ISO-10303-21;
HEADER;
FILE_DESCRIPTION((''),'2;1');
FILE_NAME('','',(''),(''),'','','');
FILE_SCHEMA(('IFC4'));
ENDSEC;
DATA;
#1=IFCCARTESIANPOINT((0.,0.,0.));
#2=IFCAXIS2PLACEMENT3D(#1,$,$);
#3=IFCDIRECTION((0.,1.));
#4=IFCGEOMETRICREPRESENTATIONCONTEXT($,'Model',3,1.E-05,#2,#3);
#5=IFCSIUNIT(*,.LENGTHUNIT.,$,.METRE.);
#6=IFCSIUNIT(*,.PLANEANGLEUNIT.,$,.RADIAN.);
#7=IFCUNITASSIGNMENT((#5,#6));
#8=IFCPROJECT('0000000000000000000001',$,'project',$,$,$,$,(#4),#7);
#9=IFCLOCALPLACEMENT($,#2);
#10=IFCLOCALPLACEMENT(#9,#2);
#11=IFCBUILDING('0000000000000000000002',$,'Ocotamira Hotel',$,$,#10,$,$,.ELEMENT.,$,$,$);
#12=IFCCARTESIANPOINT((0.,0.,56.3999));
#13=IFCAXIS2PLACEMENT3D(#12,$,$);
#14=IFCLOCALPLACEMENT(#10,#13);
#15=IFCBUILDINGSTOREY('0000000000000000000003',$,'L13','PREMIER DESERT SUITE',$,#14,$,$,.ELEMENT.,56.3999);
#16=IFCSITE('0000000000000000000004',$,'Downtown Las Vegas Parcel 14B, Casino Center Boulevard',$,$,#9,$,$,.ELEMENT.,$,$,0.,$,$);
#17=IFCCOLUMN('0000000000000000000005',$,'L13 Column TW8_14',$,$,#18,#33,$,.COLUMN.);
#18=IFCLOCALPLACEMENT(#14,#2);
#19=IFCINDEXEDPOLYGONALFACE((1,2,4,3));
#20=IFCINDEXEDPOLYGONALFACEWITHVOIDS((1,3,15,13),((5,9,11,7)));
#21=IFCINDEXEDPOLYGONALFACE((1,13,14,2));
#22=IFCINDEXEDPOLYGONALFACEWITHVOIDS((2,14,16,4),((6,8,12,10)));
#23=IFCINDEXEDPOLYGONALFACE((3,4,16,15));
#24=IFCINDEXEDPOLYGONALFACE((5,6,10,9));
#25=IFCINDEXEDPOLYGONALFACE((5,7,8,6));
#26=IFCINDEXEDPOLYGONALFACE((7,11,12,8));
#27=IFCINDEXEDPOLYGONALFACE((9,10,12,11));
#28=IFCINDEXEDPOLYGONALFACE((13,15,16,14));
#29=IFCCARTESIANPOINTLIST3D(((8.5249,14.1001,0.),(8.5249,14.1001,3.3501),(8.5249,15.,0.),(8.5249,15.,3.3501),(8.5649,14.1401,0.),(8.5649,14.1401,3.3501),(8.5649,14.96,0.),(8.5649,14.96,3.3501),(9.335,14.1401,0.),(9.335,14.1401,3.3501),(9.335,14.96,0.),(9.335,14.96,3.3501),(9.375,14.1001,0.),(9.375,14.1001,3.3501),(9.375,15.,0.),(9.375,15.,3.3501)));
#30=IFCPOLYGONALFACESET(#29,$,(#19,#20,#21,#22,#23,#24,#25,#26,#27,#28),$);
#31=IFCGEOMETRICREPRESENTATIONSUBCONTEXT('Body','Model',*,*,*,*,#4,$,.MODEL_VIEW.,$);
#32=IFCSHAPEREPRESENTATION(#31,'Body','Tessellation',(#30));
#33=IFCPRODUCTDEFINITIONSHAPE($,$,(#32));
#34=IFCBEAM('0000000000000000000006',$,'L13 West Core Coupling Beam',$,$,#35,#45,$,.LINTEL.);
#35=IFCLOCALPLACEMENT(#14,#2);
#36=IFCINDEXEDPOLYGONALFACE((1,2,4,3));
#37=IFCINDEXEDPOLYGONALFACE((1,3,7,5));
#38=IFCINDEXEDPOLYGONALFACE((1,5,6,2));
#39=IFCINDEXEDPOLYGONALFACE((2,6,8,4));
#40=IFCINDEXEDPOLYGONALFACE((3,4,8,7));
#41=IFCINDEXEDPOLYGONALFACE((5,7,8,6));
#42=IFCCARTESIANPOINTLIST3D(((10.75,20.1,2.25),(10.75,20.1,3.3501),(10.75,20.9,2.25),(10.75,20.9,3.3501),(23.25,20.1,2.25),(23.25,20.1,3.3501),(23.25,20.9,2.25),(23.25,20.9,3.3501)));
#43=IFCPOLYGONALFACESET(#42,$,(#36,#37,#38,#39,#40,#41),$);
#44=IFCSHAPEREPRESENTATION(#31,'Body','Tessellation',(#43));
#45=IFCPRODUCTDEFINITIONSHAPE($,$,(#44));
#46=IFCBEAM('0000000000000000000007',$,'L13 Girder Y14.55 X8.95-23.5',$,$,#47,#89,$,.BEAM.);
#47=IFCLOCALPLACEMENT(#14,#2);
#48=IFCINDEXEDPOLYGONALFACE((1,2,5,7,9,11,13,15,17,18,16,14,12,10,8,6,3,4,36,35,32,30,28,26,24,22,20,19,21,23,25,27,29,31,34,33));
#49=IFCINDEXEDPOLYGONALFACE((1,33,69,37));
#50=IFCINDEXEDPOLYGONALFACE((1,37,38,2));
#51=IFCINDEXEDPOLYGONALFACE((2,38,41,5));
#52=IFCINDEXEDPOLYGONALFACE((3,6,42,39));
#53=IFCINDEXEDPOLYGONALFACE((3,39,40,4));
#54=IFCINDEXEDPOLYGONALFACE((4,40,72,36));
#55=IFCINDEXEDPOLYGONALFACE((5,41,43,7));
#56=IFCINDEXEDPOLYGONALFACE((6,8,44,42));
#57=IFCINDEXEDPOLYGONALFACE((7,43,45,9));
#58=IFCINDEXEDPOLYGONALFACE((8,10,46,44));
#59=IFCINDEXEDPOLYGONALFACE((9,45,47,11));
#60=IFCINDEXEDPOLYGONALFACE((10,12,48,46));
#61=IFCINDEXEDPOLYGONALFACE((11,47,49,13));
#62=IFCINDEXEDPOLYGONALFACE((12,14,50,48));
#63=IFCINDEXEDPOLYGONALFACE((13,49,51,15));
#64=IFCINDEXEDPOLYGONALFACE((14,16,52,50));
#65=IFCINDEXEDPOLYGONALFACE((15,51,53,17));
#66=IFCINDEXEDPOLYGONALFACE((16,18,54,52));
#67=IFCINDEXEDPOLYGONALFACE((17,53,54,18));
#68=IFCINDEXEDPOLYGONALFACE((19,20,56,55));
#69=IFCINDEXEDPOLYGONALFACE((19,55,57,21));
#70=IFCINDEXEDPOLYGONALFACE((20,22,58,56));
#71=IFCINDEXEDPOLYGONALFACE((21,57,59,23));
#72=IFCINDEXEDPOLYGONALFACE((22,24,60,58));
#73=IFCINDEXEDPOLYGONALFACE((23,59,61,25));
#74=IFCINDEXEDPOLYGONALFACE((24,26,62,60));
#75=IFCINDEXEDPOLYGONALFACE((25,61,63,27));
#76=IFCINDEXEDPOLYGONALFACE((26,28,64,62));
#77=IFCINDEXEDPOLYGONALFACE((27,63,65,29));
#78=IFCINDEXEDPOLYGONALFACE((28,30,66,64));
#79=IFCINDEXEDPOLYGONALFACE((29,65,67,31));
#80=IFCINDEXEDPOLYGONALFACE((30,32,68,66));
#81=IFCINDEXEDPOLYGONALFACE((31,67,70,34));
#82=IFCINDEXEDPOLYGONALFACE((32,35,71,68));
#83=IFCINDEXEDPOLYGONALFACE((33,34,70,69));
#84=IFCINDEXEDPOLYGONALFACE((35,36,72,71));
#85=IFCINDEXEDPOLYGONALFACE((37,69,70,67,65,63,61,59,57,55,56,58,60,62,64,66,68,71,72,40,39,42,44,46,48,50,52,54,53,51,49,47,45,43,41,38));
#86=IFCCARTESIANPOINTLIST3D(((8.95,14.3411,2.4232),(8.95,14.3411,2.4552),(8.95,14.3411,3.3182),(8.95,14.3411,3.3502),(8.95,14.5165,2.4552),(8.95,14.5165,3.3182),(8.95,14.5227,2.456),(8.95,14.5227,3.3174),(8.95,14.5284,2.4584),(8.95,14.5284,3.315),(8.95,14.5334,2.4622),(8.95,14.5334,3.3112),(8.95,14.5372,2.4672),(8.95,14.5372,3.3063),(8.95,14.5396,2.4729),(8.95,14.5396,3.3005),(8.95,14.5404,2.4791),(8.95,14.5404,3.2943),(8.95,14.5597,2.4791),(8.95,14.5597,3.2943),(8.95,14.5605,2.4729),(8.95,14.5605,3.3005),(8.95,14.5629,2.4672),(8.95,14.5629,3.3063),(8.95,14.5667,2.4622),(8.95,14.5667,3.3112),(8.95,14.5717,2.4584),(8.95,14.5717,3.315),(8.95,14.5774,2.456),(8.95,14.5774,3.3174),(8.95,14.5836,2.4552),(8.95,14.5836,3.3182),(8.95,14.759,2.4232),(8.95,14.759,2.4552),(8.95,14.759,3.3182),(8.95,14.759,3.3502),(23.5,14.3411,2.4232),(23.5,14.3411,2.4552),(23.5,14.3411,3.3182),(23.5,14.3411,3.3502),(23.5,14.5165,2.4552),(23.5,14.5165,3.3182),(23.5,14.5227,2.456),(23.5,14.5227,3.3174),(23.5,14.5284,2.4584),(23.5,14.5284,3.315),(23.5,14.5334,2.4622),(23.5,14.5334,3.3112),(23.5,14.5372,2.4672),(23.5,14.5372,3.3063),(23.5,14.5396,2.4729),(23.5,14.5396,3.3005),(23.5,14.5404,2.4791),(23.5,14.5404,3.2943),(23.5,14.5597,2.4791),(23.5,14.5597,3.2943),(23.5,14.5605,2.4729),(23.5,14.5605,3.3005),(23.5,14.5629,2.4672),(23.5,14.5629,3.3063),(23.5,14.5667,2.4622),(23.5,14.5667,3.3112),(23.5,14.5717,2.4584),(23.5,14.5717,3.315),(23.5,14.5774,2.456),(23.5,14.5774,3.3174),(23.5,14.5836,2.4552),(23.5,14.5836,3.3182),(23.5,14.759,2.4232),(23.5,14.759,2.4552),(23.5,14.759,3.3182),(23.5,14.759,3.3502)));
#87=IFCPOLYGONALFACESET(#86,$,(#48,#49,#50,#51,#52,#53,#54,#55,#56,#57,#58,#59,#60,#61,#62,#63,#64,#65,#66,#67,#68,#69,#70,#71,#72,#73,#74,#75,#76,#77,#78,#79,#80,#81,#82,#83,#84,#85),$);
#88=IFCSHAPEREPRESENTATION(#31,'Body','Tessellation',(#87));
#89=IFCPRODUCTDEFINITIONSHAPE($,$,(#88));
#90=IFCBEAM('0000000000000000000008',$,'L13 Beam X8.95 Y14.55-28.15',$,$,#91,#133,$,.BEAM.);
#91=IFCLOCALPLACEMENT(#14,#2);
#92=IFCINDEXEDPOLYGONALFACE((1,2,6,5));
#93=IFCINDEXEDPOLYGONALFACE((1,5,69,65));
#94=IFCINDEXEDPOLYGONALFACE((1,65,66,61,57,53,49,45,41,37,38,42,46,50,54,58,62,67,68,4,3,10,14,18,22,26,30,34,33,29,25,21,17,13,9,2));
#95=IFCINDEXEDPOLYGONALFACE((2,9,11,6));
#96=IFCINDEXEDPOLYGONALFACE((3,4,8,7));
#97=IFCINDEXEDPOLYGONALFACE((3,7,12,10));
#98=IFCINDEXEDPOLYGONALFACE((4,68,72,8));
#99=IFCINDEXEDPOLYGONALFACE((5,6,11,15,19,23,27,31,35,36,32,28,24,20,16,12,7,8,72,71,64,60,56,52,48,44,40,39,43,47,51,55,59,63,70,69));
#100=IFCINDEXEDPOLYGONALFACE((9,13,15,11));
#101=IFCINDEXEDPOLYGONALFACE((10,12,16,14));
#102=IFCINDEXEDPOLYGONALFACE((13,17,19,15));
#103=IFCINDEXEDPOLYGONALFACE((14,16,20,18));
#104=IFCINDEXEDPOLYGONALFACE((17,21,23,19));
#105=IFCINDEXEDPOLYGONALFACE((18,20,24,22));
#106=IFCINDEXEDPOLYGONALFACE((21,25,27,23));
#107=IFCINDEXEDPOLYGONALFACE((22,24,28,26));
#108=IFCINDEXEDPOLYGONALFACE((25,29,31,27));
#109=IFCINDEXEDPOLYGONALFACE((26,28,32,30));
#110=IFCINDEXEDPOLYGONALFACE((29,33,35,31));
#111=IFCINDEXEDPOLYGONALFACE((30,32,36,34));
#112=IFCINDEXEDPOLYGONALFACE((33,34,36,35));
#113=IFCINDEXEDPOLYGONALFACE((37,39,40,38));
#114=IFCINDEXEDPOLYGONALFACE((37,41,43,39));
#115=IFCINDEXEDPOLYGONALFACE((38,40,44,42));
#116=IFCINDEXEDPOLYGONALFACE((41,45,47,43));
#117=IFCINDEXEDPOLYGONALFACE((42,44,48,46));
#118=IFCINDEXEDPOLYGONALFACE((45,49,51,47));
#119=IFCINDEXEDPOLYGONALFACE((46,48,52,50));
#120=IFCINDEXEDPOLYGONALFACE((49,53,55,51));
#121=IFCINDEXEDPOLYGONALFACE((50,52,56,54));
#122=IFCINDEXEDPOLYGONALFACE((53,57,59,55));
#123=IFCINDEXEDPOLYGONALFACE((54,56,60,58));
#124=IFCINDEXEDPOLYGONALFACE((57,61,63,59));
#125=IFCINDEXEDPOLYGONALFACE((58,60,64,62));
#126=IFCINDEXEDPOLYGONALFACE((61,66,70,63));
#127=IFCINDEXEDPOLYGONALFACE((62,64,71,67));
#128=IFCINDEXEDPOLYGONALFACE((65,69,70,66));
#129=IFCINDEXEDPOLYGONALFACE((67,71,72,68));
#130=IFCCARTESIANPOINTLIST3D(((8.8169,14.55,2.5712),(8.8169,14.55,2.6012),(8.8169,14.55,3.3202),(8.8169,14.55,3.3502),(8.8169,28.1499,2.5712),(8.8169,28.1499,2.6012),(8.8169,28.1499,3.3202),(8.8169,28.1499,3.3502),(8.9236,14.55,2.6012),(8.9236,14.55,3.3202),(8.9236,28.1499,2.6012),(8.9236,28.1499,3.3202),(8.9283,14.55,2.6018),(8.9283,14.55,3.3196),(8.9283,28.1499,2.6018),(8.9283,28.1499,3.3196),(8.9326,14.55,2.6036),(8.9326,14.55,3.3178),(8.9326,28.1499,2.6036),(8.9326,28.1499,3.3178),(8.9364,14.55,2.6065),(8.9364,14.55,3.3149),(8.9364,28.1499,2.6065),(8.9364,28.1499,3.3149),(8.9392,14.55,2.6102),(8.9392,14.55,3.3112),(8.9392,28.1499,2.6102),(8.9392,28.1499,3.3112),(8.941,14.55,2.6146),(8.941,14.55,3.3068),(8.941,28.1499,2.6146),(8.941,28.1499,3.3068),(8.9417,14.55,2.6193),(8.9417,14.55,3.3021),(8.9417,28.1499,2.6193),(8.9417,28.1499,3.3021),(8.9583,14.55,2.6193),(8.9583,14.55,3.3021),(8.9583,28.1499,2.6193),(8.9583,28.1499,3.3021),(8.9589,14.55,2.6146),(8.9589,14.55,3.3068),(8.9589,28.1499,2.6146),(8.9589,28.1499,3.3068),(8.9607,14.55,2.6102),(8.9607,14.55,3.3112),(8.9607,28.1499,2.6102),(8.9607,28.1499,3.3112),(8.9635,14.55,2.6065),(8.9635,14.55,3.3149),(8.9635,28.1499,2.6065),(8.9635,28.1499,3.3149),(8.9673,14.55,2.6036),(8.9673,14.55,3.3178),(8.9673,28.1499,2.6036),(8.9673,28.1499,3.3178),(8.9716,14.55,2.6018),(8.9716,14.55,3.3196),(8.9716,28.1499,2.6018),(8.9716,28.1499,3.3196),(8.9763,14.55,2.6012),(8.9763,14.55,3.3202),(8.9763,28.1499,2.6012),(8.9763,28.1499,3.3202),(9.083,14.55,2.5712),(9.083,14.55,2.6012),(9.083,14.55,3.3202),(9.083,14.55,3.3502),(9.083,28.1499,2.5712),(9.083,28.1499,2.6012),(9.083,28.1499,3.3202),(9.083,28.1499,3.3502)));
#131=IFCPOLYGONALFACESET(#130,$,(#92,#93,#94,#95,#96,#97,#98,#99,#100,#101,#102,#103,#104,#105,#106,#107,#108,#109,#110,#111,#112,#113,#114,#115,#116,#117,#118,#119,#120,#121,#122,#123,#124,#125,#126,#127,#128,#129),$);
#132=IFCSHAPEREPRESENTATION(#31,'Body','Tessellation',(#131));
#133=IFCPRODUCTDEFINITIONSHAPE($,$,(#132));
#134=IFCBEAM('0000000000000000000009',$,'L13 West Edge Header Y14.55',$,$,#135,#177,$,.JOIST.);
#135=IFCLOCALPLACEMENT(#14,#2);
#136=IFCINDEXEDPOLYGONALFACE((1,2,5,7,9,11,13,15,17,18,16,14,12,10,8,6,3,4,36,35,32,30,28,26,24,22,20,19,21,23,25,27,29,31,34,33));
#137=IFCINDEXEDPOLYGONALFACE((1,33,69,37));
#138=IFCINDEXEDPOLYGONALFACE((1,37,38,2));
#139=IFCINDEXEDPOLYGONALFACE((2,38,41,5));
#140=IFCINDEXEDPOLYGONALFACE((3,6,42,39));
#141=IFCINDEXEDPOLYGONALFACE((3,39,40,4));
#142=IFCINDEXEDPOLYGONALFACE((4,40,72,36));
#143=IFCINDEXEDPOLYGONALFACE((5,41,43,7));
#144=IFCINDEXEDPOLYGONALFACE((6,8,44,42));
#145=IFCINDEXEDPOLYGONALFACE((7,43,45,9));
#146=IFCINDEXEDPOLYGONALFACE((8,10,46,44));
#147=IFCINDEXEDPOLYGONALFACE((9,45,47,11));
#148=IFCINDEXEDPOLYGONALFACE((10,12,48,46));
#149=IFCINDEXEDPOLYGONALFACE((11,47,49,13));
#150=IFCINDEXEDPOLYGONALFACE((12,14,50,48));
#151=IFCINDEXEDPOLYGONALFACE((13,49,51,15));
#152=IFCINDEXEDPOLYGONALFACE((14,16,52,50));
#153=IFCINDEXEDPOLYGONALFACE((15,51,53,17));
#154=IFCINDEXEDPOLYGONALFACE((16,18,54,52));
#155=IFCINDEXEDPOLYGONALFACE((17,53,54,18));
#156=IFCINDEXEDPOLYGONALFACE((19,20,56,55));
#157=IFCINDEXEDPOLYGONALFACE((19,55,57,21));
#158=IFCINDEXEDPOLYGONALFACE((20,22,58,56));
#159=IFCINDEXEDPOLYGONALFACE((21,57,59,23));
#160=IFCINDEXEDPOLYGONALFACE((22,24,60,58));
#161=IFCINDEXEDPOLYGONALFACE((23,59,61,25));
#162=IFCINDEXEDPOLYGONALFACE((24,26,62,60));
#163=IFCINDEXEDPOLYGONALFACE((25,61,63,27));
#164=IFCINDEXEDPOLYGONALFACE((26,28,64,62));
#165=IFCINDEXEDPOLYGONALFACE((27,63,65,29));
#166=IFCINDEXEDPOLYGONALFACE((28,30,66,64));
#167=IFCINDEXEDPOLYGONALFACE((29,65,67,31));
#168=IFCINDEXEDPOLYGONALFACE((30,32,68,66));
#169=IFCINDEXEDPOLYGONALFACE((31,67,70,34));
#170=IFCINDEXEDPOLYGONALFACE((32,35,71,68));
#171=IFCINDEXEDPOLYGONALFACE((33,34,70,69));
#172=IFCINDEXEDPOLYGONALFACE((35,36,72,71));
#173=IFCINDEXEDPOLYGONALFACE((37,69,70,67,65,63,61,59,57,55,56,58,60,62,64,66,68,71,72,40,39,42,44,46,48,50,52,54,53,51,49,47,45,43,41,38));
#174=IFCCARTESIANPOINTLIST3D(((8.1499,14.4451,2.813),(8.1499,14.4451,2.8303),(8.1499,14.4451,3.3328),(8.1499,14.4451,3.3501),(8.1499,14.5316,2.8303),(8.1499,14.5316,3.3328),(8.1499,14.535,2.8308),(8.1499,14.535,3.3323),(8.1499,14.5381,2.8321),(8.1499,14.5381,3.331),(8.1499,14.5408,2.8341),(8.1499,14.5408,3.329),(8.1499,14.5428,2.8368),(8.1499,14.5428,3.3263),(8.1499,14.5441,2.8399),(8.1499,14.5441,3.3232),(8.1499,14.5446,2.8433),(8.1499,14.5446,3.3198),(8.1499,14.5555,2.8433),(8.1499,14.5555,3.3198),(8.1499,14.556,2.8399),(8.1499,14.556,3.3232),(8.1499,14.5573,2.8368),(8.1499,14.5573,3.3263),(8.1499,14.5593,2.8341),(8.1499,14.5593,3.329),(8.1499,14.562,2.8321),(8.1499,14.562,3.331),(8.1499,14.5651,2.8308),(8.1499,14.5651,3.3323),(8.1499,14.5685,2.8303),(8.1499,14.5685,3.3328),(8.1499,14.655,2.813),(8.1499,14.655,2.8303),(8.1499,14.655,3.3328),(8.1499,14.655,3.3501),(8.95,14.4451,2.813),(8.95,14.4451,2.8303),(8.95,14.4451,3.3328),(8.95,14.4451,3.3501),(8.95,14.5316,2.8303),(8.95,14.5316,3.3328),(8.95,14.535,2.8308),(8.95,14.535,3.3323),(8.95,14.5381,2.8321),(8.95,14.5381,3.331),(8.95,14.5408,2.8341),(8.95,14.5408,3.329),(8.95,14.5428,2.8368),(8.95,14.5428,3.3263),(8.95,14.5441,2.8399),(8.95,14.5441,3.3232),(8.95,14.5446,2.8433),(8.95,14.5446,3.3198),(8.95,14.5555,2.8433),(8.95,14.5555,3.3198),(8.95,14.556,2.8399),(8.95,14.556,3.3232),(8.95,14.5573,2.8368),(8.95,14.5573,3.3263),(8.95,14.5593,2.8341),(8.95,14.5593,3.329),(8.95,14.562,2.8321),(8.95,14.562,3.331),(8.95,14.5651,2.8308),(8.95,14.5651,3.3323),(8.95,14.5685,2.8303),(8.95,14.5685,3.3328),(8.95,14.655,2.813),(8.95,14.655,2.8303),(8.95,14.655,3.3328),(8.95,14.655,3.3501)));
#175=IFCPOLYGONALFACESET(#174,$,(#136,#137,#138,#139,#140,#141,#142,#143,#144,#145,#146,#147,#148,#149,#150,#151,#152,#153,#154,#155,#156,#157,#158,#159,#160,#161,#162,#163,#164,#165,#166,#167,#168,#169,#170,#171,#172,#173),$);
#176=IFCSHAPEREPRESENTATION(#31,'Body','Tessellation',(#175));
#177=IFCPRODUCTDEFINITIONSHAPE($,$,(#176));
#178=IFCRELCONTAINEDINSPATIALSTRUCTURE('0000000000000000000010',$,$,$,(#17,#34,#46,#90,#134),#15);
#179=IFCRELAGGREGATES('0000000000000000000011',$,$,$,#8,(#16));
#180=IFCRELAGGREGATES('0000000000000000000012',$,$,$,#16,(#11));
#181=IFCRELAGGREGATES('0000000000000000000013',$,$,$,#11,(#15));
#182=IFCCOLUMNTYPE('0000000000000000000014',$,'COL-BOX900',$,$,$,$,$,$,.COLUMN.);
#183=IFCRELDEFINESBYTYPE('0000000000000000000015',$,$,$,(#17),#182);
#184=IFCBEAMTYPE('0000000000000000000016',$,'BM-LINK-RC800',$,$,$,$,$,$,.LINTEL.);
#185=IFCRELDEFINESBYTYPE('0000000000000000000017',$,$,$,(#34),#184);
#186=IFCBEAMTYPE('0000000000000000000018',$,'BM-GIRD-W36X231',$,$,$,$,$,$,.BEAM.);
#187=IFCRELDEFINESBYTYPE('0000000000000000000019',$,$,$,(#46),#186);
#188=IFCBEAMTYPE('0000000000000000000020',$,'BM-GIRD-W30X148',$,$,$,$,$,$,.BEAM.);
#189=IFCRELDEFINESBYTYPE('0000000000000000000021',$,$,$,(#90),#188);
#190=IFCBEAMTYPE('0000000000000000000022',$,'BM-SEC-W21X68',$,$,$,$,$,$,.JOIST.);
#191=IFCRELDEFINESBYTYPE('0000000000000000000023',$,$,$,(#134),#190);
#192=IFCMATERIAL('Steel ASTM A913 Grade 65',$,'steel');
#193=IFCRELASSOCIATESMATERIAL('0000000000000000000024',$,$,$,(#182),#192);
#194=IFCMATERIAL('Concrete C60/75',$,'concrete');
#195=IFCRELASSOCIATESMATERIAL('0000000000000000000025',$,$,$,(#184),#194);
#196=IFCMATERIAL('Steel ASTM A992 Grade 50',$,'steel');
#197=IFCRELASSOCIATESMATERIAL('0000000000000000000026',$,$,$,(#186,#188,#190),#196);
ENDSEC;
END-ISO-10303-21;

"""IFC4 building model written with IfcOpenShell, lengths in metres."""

from ifc_helpers import new_model, si_unit, direction, frame, origin, origin_2d, place, context, subcontext, project, spatial, rectangle, hollow_rectangle, i_section, extrude, source, transform, mapped, material, material_profile, profile_set, type_object, element, save


model = new_model("IFC4")

# Units and contexts
model_context = context("Model", 3, precision=1e-05, world=origin(), true_north=direction((0.0, 1.0)))
body_context = subcontext(model_context, "Body", "Model", "MODEL_VIEW")
ifc_project = project(units=[si_unit("LENGTHUNIT", "METRE"), si_unit("PLANEANGLEUNIT", "RADIAN")], contexts=[model_context])

# Site, building, storey
site_placement = place(None, origin())
site = spatial("IfcSite", under=ifc_project, at=site_placement, Name="Downtown Las Vegas Parcel 14B, Casino Center Boulevard", CompositionType="ELEMENT", RefElevation=0.0)
building_placement = place(site_placement, origin())
building = spatial("IfcBuilding", under=site, at=building_placement, Name="Ocotamira Hotel", CompositionType="ELEMENT")
storey_placement = place(building_placement, frame((0.0, 0.0, 56.3999)))
storey = spatial("IfcBuildingStorey", under=building, at=storey_placement, Name="L13", Description="PREMIER DESERT SUITE", CompositionType="ELEMENT", Elevation=56.3999)

# Column
ifc_material_1 = material(Name="Steel ASTM A913 Grade 65", Category="steel")
ifc_material_profile_1 = material_profile(ifc_material_1, hollow_rectangle(XDim=0.8501, YDim=0.8999, WallThickness=0.04, at=origin_2d()), Name="BOX900X850X40")
ifc_profile_set_1 = profile_set([ifc_material_profile_1], Name="Steel ASTM A913 Grade 65")
column_type = type_object("IfcColumnType", Name="COL-BOX900", PredefinedType="COLUMN", material=ifc_profile_set_1)
shared_shape_1 = source(origin(), body_context, "Body", "SweptSolid", [
    extrude(hollow_rectangle(XDim=0.8501, YDim=0.8999, WallThickness=0.04, at=origin_2d()), origin(), (0.0, 0.0, 1.0), 3.3501),
])
column_placement = place(storey_placement, frame((8.95, 14.55, 0.0), z_axis=(0.0, 0.0, 1.0), x_axis=(1.0, 0.0, 0.0)))
element("IfcColumn", 1, at=column_placement, inside=storey, type_object=column_type, Name="L13 Column TW8_14", PredefinedType="COLUMN", context=body_context, shape_type="MappedRepresentation", body=[
    mapped(shared_shape_1, transform((0.0, 0.0, 0.0), scale=1.0)),
])

# Beams
ifc_material_2 = material(Name="Concrete C60/75", Category="concrete")
ifc_material_profile_2 = material_profile(ifc_material_2, rectangle(XDim=0.8, YDim=1.1001, at=origin_2d()), Name="RC800X1100")
ifc_profile_set_2 = profile_set([ifc_material_profile_2], Name="Concrete C60/75")
beam_type_1 = type_object("IfcBeamType", Name="BM-LINK-RC800", PredefinedType="LINTEL", material=ifc_profile_set_2)
shared_shape_2 = source(origin(), body_context, "Body", "SweptSolid", [
    extrude(rectangle(XDim=0.8, YDim=1.1001, at=origin_2d()), origin(), (0.0, 0.0, 1.0), 12.5),
])
beam_1_placement = place(storey_placement, frame((10.75, 20.5, 2.8), z_axis=(1.0, 0.0, 0.0), x_axis=(0.0, 1.0, 0.0)))
element("IfcBeam", 2, at=beam_1_placement, inside=storey, type_object=beam_type_1, Name="L13 West Core Coupling Beam", PredefinedType="LINTEL", context=body_context, shape_type="MappedRepresentation", body=[
    mapped(shared_shape_2, transform((0.0, 0.0, 0.0), scale=1.0)),
])
ifc_material_3 = material(Name="Steel ASTM A992 Grade 50", Category="steel")
ifc_material_profile_3 = material_profile(ifc_material_3, i_section(OverallWidth=0.418, OverallDepth=0.927, WebThickness=0.0193, FlangeThickness=0.032, FilletRadius=0.0239, at=origin_2d()), Name="W36X231")
ifc_profile_set_3 = profile_set([ifc_material_profile_3], Name="Steel ASTM A992 Grade 50")
beam_type_2 = type_object("IfcBeamType", Name="BM-GIRD-W36X231", PredefinedType="BEAM", material=ifc_profile_set_3)
shared_shape_3 = source(origin(), body_context, "Body", "SweptSolid", [
    extrude(i_section(OverallWidth=0.418, OverallDepth=0.927, WebThickness=0.0193, FlangeThickness=0.032, FilletRadius=0.0239, at=origin_2d()), origin(), (0.0, 0.0, 1.0), 14.55),
])
beam_2_placement = place(storey_placement, frame((8.95, 14.55, 2.8867), z_axis=(1.0, 0.0, 0.0), x_axis=(0.0, 1.0, 0.0)))
element("IfcBeam", 3, at=beam_2_placement, inside=storey, type_object=beam_type_2, Name="L13 Girder Y14.55 X8.95-23.5", PredefinedType="BEAM", context=body_context, shape_type="MappedRepresentation", body=[
    mapped(shared_shape_3, transform((0.0, 0.0, 0.0), scale=1.0)),
])
ifc_material_profile_4 = material_profile(ifc_material_3, i_section(OverallWidth=0.2661, OverallDepth=0.7791, WebThickness=0.0166, FlangeThickness=0.03, FilletRadius=0.0181, at=origin_2d()), Name="W30X148")
ifc_profile_set_4 = profile_set([ifc_material_profile_4], Name="Steel ASTM A992 Grade 50")
beam_type_3 = type_object("IfcBeamType", Name="BM-GIRD-W30X148", PredefinedType="BEAM", material=ifc_profile_set_4)
shared_shape_4 = source(origin(), body_context, "Body", "SweptSolid", [
    extrude(i_section(OverallWidth=0.2661, OverallDepth=0.7791, WebThickness=0.0166, FlangeThickness=0.03, FilletRadius=0.0181, at=origin_2d()), origin(), (0.0, 0.0, 1.0), 13.5999),
])
beam_3_placement = place(storey_placement, frame((8.95, 14.55, 2.9607), z_axis=(0.0, 1.0, 0.0), x_axis=(-1.0, 0.0, 0.0)))
element("IfcBeam", 4, at=beam_3_placement, inside=storey, type_object=beam_type_3, Name="L13 Beam X8.95 Y14.55-28.15", PredefinedType="BEAM", context=body_context, shape_type="MappedRepresentation", body=[
    mapped(shared_shape_4, transform((0.0, 0.0, 0.0), scale=1.0)),
])
ifc_material_profile_5 = material_profile(ifc_material_3, i_section(OverallWidth=0.21, OverallDepth=0.5371, WebThickness=0.011, FlangeThickness=0.0173, FilletRadius=0.0129, at=origin_2d()), Name="W21X68")
ifc_profile_set_5 = profile_set([ifc_material_profile_5], Name="Steel ASTM A992 Grade 50")
beam_type_4 = type_object("IfcBeamType", Name="BM-SEC-W21X68", PredefinedType="JOIST", material=ifc_profile_set_5)
shared_shape_5 = source(origin(), body_context, "Body", "SweptSolid", [
    extrude(i_section(OverallWidth=0.21, OverallDepth=0.5371, WebThickness=0.011, FlangeThickness=0.0173, FilletRadius=0.0129, at=origin_2d()), origin(), (0.0, 0.0, 1.0), 0.8),
])
beam_4_placement = place(storey_placement, frame((8.95, 14.55, 3.0815), z_axis=(-1.0, 0.0, 0.0), x_axis=(0.0, -1.0, 0.0)))
element("IfcBeam", 5, at=beam_4_placement, inside=storey, type_object=beam_type_4, Name="L13 West Edge Header Y14.55", PredefinedType="JOIST", context=body_context, shape_type="MappedRepresentation", body=[
    mapped(shared_shape_5, transform((0.0, 0.0, 0.0), scale=1.0)),
])

save(model, "model.ifc")
